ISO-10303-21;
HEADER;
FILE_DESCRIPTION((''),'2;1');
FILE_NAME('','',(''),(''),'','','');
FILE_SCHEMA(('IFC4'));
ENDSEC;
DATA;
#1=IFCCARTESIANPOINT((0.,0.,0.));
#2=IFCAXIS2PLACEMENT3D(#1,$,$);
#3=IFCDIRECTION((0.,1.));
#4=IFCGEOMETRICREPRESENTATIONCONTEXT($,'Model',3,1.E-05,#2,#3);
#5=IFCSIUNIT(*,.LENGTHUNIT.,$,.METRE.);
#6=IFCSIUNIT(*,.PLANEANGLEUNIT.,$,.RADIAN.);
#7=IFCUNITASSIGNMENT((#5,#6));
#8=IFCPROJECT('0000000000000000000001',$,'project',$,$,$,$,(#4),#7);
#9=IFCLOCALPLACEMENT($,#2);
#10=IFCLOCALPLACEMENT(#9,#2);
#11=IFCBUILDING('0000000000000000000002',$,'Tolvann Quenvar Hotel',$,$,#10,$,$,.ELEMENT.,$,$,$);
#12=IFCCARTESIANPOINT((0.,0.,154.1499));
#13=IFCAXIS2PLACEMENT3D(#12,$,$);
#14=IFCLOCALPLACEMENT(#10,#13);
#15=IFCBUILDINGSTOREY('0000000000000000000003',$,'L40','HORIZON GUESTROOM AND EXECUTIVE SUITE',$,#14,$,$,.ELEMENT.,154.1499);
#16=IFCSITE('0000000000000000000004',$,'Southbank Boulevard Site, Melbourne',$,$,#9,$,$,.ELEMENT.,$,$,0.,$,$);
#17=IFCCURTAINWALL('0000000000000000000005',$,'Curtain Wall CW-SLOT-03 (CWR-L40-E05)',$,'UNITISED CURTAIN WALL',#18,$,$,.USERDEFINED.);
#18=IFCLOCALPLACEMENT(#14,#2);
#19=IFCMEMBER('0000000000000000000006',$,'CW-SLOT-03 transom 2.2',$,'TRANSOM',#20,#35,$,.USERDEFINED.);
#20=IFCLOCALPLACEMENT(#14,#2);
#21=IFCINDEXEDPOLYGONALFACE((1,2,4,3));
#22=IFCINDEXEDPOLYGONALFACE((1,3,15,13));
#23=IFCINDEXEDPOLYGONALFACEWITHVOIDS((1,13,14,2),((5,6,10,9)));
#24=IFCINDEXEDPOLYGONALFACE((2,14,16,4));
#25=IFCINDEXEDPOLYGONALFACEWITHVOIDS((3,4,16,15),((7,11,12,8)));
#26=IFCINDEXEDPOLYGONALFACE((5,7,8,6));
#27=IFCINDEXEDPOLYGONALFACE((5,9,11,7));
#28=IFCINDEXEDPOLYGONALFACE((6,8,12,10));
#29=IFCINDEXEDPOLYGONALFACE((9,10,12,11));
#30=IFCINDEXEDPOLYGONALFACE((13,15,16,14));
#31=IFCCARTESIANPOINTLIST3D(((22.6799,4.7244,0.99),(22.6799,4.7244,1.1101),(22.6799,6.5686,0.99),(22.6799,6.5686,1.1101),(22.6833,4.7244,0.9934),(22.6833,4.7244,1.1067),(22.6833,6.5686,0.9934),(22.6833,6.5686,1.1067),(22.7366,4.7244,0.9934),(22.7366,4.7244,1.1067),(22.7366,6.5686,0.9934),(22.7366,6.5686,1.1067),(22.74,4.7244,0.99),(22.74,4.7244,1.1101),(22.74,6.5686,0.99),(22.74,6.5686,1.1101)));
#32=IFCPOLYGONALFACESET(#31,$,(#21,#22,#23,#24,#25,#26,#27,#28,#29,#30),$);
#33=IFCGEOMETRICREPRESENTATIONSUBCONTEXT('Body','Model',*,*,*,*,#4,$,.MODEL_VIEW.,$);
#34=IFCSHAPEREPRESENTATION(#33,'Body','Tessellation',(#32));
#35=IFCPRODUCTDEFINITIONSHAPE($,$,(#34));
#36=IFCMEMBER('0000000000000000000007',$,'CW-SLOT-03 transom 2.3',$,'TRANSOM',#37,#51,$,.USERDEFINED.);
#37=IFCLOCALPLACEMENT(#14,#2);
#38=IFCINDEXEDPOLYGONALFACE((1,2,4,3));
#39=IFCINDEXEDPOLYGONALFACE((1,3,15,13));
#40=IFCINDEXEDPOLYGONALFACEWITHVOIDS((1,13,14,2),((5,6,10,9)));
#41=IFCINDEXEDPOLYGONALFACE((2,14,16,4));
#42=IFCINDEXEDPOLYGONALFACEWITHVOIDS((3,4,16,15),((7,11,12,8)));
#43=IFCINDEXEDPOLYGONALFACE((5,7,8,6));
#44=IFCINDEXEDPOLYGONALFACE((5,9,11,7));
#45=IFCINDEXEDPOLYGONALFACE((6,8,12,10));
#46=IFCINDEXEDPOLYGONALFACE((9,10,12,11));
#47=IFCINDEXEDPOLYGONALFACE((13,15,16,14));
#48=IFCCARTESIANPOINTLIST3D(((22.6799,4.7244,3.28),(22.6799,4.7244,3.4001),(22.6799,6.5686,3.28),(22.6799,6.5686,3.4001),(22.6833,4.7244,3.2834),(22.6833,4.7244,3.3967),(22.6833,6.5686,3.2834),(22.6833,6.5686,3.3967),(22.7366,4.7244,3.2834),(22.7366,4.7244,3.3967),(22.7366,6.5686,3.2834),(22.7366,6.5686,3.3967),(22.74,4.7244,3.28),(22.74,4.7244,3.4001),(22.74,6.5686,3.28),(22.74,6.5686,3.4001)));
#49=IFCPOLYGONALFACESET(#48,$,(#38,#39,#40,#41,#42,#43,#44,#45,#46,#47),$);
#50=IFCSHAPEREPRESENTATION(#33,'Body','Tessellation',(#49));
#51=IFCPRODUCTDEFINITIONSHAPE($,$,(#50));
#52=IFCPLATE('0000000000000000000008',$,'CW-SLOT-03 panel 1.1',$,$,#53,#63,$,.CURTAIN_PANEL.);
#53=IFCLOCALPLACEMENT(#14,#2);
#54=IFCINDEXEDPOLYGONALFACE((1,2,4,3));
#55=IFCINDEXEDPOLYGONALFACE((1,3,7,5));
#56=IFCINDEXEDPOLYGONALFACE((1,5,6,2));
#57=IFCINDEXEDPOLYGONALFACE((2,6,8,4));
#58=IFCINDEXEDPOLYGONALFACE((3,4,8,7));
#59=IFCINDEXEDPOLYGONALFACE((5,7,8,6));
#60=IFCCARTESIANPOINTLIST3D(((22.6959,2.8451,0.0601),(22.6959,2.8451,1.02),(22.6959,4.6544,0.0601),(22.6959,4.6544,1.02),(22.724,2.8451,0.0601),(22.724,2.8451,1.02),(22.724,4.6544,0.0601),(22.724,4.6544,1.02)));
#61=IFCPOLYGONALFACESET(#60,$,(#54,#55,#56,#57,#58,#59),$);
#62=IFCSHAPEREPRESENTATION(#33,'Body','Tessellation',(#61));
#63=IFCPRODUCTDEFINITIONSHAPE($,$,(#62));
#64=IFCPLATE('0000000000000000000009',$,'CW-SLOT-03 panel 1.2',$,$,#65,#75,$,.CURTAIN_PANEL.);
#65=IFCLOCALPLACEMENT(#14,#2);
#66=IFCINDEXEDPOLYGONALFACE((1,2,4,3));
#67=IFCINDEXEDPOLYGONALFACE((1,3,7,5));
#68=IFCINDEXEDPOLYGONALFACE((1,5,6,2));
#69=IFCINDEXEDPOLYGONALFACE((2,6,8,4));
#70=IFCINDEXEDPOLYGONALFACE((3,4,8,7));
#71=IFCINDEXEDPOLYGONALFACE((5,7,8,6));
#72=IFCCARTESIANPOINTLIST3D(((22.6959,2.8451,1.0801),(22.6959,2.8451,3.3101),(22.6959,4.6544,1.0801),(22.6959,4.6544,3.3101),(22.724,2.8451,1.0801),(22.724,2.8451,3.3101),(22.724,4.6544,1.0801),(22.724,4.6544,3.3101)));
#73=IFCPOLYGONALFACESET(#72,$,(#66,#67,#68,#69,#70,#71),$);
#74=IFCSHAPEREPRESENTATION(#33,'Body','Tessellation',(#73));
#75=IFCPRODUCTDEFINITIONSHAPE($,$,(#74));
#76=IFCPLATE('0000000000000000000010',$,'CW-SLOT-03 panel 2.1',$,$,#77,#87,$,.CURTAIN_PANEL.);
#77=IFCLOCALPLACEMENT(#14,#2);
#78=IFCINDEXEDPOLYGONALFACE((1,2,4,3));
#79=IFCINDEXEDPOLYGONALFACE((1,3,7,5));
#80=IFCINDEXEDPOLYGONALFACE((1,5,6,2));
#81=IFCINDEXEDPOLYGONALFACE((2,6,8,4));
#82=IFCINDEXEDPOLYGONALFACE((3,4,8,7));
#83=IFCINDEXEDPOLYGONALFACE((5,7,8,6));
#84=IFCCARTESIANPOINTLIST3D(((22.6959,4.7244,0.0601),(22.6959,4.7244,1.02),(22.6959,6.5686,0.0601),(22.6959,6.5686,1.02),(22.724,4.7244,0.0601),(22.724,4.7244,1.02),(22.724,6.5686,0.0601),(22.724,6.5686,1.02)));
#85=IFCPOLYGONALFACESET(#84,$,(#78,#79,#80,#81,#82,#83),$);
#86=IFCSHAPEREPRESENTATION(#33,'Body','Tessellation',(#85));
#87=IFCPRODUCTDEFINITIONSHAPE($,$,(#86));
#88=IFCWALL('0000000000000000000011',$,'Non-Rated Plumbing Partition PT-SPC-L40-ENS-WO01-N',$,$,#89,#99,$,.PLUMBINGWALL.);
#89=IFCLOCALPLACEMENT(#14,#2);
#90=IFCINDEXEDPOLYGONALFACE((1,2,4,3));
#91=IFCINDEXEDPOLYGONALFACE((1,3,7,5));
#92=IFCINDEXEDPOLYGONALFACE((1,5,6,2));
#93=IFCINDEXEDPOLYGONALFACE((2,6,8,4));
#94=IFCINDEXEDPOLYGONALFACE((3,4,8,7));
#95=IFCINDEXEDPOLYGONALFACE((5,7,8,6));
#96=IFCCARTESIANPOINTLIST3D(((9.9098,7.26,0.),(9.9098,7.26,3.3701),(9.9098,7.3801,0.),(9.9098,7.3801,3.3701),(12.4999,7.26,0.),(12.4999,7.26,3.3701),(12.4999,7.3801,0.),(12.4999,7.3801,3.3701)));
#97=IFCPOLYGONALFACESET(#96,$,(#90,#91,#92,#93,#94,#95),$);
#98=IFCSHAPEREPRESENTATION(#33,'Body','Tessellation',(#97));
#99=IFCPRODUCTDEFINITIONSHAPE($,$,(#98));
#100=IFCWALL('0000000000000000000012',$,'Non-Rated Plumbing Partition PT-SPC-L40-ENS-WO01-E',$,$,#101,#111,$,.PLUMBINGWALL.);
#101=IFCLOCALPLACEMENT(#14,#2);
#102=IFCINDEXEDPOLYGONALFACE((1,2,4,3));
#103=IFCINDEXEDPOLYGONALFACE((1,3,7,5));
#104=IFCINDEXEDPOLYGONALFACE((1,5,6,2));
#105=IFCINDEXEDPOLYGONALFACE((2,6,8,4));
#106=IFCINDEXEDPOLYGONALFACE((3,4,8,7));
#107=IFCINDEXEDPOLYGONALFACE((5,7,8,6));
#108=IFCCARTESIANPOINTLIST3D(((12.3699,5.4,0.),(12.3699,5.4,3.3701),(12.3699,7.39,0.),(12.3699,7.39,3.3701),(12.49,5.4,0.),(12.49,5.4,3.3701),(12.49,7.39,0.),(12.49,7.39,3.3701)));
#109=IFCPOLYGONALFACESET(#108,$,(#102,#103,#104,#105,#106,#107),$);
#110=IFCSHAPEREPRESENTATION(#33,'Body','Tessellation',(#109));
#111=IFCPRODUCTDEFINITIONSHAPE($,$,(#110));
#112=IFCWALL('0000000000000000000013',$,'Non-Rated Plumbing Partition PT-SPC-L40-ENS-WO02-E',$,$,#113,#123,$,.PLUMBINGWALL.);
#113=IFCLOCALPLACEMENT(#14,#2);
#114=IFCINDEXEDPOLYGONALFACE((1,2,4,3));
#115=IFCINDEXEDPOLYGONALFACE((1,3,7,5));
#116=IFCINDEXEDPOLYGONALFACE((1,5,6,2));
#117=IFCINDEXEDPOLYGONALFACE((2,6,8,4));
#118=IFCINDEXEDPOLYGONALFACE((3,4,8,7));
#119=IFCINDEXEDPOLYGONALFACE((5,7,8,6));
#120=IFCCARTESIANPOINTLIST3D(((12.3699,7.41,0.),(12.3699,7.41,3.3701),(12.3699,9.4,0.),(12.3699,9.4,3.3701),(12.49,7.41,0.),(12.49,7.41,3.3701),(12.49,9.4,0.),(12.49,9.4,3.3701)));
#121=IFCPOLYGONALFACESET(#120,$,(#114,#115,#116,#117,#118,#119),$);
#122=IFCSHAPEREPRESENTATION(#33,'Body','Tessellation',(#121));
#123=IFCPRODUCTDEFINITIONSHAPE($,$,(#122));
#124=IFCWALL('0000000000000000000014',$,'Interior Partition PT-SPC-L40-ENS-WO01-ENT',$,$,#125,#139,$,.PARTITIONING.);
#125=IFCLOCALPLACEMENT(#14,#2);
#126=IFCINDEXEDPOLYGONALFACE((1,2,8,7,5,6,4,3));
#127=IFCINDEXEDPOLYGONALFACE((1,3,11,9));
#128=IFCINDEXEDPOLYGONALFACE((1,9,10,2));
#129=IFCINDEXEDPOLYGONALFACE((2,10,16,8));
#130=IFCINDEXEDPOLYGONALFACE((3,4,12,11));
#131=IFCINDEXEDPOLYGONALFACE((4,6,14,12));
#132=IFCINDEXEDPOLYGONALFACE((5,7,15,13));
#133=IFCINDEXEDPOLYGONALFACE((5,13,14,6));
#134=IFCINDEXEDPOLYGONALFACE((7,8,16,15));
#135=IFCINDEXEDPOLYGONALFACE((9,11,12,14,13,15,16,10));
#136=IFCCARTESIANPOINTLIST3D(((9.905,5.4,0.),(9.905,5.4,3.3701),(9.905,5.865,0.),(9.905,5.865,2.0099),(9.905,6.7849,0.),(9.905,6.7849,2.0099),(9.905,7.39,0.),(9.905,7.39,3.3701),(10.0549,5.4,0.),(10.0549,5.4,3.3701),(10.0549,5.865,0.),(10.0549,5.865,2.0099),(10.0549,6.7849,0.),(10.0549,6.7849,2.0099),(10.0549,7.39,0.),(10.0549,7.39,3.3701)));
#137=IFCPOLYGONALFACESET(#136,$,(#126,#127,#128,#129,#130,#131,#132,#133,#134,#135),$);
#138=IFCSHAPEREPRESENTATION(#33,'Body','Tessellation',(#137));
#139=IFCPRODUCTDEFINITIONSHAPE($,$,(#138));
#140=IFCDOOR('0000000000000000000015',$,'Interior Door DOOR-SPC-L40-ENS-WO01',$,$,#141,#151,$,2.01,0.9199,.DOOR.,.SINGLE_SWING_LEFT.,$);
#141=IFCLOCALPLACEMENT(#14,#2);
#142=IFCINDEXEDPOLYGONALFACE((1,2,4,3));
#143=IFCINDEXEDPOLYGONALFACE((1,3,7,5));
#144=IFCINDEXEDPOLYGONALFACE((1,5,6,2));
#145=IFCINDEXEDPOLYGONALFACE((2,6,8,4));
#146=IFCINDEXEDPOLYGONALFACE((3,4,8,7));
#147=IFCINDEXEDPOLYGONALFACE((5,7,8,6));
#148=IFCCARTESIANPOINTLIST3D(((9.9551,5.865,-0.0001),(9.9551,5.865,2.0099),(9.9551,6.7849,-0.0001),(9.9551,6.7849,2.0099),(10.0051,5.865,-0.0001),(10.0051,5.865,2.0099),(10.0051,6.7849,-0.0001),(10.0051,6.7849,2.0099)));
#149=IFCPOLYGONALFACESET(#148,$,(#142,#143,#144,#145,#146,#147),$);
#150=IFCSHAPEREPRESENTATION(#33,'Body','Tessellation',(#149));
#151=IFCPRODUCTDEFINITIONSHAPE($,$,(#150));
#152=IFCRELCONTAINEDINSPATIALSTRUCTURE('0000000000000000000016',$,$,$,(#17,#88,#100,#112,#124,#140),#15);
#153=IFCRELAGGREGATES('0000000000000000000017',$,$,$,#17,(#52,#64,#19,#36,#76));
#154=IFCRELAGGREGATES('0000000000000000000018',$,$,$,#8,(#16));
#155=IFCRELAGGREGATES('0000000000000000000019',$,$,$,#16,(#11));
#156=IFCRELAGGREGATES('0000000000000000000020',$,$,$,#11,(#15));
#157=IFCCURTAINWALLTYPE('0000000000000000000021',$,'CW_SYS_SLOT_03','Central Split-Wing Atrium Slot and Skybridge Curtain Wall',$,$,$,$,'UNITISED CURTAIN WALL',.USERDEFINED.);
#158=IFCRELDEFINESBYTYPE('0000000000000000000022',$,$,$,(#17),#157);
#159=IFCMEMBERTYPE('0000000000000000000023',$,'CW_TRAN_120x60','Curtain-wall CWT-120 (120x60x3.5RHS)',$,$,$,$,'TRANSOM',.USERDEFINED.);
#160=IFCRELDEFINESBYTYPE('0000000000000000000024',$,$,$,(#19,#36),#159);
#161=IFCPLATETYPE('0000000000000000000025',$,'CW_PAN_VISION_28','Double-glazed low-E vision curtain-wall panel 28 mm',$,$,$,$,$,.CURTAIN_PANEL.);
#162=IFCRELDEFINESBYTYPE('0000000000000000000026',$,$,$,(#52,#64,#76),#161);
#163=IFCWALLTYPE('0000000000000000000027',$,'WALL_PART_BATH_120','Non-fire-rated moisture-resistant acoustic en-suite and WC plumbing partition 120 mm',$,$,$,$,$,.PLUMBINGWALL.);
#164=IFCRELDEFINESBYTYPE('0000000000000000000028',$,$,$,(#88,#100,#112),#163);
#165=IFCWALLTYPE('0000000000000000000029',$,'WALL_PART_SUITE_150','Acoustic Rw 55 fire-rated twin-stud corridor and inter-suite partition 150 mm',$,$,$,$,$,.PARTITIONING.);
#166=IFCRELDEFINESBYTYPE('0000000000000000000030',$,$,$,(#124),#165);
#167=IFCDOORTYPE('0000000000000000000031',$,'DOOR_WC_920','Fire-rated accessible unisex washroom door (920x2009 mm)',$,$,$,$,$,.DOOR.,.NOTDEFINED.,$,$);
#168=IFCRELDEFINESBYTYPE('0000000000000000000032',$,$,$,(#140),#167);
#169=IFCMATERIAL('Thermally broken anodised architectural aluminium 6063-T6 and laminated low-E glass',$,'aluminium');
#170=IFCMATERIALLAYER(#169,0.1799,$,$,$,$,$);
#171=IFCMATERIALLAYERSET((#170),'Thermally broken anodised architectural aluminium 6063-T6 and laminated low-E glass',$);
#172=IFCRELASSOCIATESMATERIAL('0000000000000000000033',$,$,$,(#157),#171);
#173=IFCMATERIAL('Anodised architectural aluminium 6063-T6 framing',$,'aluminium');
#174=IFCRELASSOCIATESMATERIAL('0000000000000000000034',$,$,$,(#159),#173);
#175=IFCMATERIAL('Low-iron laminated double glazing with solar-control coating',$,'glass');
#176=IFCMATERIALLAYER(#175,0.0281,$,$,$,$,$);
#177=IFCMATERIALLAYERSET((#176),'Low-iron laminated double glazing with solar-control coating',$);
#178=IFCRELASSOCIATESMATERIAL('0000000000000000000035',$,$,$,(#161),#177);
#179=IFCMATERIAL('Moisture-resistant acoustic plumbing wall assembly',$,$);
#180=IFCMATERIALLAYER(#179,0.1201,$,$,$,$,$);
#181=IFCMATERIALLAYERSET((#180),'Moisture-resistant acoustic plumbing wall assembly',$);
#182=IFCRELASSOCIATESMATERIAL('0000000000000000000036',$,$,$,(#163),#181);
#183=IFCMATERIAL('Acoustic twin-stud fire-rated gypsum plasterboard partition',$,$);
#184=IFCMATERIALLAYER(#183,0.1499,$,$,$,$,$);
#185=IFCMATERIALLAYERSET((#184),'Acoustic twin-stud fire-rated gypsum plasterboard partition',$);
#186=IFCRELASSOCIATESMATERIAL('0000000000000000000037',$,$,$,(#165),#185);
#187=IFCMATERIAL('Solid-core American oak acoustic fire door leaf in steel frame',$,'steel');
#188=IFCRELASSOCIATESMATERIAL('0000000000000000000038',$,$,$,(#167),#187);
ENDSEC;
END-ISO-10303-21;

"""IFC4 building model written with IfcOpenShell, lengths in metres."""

from ifc_helpers import new_model, si_unit, direction, frame, frame_2d, origin, origin_2d, place, context, subcontext, project, spatial, rectangle, hollow_rectangle, extrude, source, transform, mapped, material, layer, layer_set, material_profile, profile_set, type_object, type_shapes, element, fill, aggregate, save


model = new_model("IFC4")

# Units and contexts
model_context = context("Model", 3, precision=1e-05, world=origin(), true_north=direction((0.0, 1.0)))
body_context = subcontext(model_context, "Body", "Model", "MODEL_VIEW")
ifc_project = project(units=[si_unit("LENGTHUNIT", "METRE"), si_unit("PLANEANGLEUNIT", "RADIAN")], contexts=[model_context])

# Site, building, storey
site_placement = place(None, origin())
site = spatial("IfcSite", under=ifc_project, at=site_placement, Name="Southbank Boulevard Site, Melbourne", CompositionType="ELEMENT", RefElevation=0.0)
building_placement = place(site_placement, origin())
building = spatial("IfcBuilding", under=site, at=building_placement, Name="Tolvann Quenvar Hotel", CompositionType="ELEMENT")
storey_placement = place(building_placement, frame((0.0, 0.0, 154.1499)))
storey = spatial("IfcBuildingStorey", under=building, at=storey_placement, Name="L40", Description="HORIZON GUESTROOM AND EXECUTIVE SUITE", CompositionType="ELEMENT", Elevation=154.1499)

# Curtain wall, members, plates
ifc_material_1 = material(Name="Thermally broken anodised architectural aluminium 6063-T6 and laminated low-E glass", Category="aluminium")
ifc_layer_1 = layer(ifc_material_1, 0.1799)
ifc_layer_set_1 = layer_set([ifc_layer_1], Name="Thermally broken anodised architectural aluminium 6063-T6 and laminated low-E glass")
curtain_wall_type = type_object("IfcCurtainWallType", Name="CW_SYS_SLOT_03", Description="Central Split-Wing Atrium Slot and Skybridge Curtain Wall", ElementType="UNITISED CURTAIN WALL", PredefinedType="USERDEFINED", material=ifc_layer_set_1)
curtain_wall_placement = place(storey_placement, origin())
curtain_wall = element("IfcCurtainWall", 1, at=curtain_wall_placement, inside=storey, type_object=curtain_wall_type, Name="Curtain Wall CW-SLOT-03 (CWR-L40-E05)", ObjectType="UNITISED CURTAIN WALL", PredefinedType="USERDEFINED")
ifc_material_2 = material(Name="Anodised architectural aluminium 6063-T6 framing", Category="aluminium")
ifc_material_profile_1 = material_profile(ifc_material_2, hollow_rectangle(XDim=0.0601, YDim=0.1201, WallThickness=0.0034, at=origin_2d()), Name="120x60x3.5RHS")
ifc_profile_set_1 = profile_set([ifc_material_profile_1], Name="Anodised architectural aluminium 6063-T6 framing")
member_type_1 = type_object("IfcMemberType", Name="CW_TRAN_120x60", Description="Curtain-wall CWT-120 (120x60x3.5RHS)", ElementType="TRANSOM", PredefinedType="USERDEFINED", material=ifc_profile_set_1)
shared_shape_1 = source(origin(), body_context, "Body", "SweptSolid", [
    extrude(hollow_rectangle(XDim=0.0601, YDim=0.1201, WallThickness=0.0034, at=origin_2d()), origin(), (0.0, 0.0, 1.0), 1.8442),
])
member_1_placement = place(storey_placement, frame((22.71, 4.7244, 1.05), z_axis=(0.0, 1.0, 0.0), x_axis=(-1.0, 0.0, 0.0)))
member_1 = element("IfcMember", 2, at=member_1_placement, type_object=member_type_1, Name="CW-SLOT-03 transom 2.2", ObjectType="TRANSOM", PredefinedType="USERDEFINED", context=body_context, shape_type="MappedRepresentation", body=[
    mapped(shared_shape_1, transform((0.0, 0.0, 0.0), x_axis=(1.0, 0.0, 0.0), y_axis=(0.0, 1.0, 0.0), z_axis=(0.0, 0.0, 1.0), scale=1.0)),
])
member_2_placement = place(storey_placement, frame((22.71, 4.7244, 3.3401), z_axis=(0.0, 1.0, 0.0), x_axis=(-1.0, 0.0, 0.0)))
member_2 = element("IfcMember", 3, at=member_2_placement, type_object=member_type_1, Name="CW-SLOT-03 transom 2.3", ObjectType="TRANSOM", PredefinedType="USERDEFINED", context=body_context, shape_type="MappedRepresentation", body=[
    mapped(shared_shape_1, transform((0.0, 0.0, 0.0), x_axis=(1.0, 0.0, 0.0), y_axis=(0.0, 1.0, 0.0), z_axis=(0.0, 0.0, 1.0), scale=1.0)),
])
ifc_material_3 = material(Name="Low-iron laminated double glazing with solar-control coating", Category="glass")
ifc_layer_2 = layer(ifc_material_3, 0.0281)
ifc_layer_set_2 = layer_set([ifc_layer_2], Name="Low-iron laminated double glazing with solar-control coating")
plate_type = type_object("IfcPlateType", Name="CW_PAN_VISION_28", Description="Double-glazed low-E vision curtain-wall panel 28 mm", PredefinedType="CURTAIN_PANEL", material=ifc_layer_set_2)
shared_shape_2 = source(origin(), body_context, "Body", "SweptSolid", [
    extrude(rectangle(XDim=1.8093, YDim=0.0281, at=origin_2d()), origin(), (0.0, 0.0, 1.0), 0.96),
])
plate_1_placement = place(storey_placement, frame((22.71, 3.7498, 0.0601), z_axis=(0.0, 0.0, 1.0), x_axis=(0.0, 1.0, 0.0)))
plate_1 = element("IfcPlate", 4, at=plate_1_placement, type_object=plate_type, Name="CW-SLOT-03 panel 1.1", PredefinedType="CURTAIN_PANEL", context=body_context, shape_type="MappedRepresentation", body=[
    mapped(shared_shape_2, transform((0.0, 0.0, 0.0), x_axis=(1.0, 0.0, 0.0), y_axis=(0.0, 1.0, 0.0), z_axis=(0.0, 0.0, 1.0), scale=1.0)),
])
shared_shape_3 = source(origin(), body_context, "Body", "SweptSolid", [
    extrude(rectangle(XDim=1.8093, YDim=0.0281, at=origin_2d()), origin(), (0.0, 0.0, 1.0), 2.23),
])
plate_2_placement = place(storey_placement, frame((22.71, 3.7498, 1.0801), z_axis=(0.0, 0.0, 1.0), x_axis=(0.0, 1.0, 0.0)))
plate_2 = element("IfcPlate", 5, at=plate_2_placement, type_object=plate_type, Name="CW-SLOT-03 panel 1.2", PredefinedType="CURTAIN_PANEL", context=body_context, shape_type="MappedRepresentation", body=[
    mapped(shared_shape_3, transform((0.0, 0.0, 0.0), x_axis=(1.0, 0.0, 0.0), y_axis=(0.0, 1.0, 0.0), z_axis=(0.0, 0.0, 1.0), scale=1.0)),
])
shared_shape_4 = source(origin(), body_context, "Body", "SweptSolid", [
    extrude(rectangle(XDim=1.8442, YDim=0.0281, at=origin_2d()), origin(), (0.0, 0.0, 1.0), 0.96),
])
type_shapes(plate_type, [shared_shape_2, shared_shape_3, shared_shape_4])
plate_3_placement = place(storey_placement, frame((22.71, 5.6465, 0.0601), z_axis=(0.0, 0.0, 1.0), x_axis=(0.0, 1.0, 0.0)))
plate_3 = element("IfcPlate", 6, at=plate_3_placement, type_object=plate_type, Name="CW-SLOT-03 panel 2.1", PredefinedType="CURTAIN_PANEL", context=body_context, shape_type="MappedRepresentation", body=[
    mapped(shared_shape_4, transform((0.0, 0.0, 0.0), x_axis=(1.0, 0.0, 0.0), y_axis=(0.0, 1.0, 0.0), z_axis=(0.0, 0.0, 1.0), scale=1.0)),
])
aggregate(curtain_wall, [plate_1, plate_2, member_1, member_2, plate_3])

# Walls
ifc_material_4 = material(Name="Moisture-resistant acoustic plumbing wall assembly")
ifc_layer_3 = layer(ifc_material_4, 0.1201)
ifc_layer_set_3 = layer_set([ifc_layer_3], Name="Moisture-resistant acoustic plumbing wall assembly")
wall_type_1 = type_object("IfcWallType", Name="WALL_PART_BATH_120", Description="Non-fire-rated moisture-resistant acoustic en-suite and WC plumbing partition 120 mm", PredefinedType="PLUMBINGWALL", material=ifc_layer_set_3)
wall_1_placement = place(storey_placement, frame((9.9099, 7.3201, 0.0), z_axis=(0.0, 0.0, 1.0), x_axis=(1.0, 0.0, 0.0)))
element("IfcWall", 7, at=wall_1_placement, inside=storey, type_object=wall_type_1, Name="Non-Rated Plumbing Partition PT-SPC-L40-ENS-WO01-N", PredefinedType="PLUMBINGWALL", context=body_context, shape_type="SweptSolid", body=[
    extrude(rectangle(XDim=2.5901, YDim=0.1201, at=frame_2d((1.2949, 0.0))), origin(), (0.0, 0.0, 1.0), 3.3701),
])
for number, where, z_axis, x_axis, name in (
    (8, (12.4299, 5.3999, 0.0), (0.0, 0.0, 1.0), (0.0, 1.0, 0.0), "Non-Rated Plumbing Partition PT-SPC-L40-ENS-WO01-E"),
    (9, (12.4299, 7.4099, 0.0), (0.0, 0.0, 1.0), (0.0, 1.0, 0.0), "Non-Rated Plumbing Partition PT-SPC-L40-ENS-WO02-E"),
):
    element("IfcWall", number, at=place(storey_placement, frame(where, z_axis=z_axis, x_axis=x_axis)), inside=storey, type_object=wall_type_1, Name=name, PredefinedType="PLUMBINGWALL", context=body_context, shape_type="SweptSolid", body=[
        extrude(rectangle(XDim=1.99, YDim=0.1201, at=frame_2d((0.9951, 0.0))), origin(), (0.0, 0.0, 1.0), 3.3701),
    ])

# Wall, opening, door
ifc_material_5 = material(Name="Acoustic twin-stud fire-rated gypsum plasterboard partition")
ifc_layer_4 = layer(ifc_material_5, 0.1499)
ifc_layer_set_4 = layer_set([ifc_layer_4], Name="Acoustic twin-stud fire-rated gypsum plasterboard partition")
wall_type_2 = type_object("IfcWallType", Name="WALL_PART_SUITE_150", Description="Acoustic Rw 55 fire-rated twin-stud corridor and inter-suite partition 150 mm", PredefinedType="PARTITIONING", material=ifc_layer_set_4)
wall_2_placement = place(storey_placement, frame((9.98, 5.3999, 0.0), z_axis=(0.0, 0.0, 1.0), x_axis=(0.0, 1.0, 0.0)))
wall_2 = element("IfcWall", 10, at=wall_2_placement, inside=storey, type_object=wall_type_2, Name="Interior Partition PT-SPC-L40-ENS-WO01-ENT", PredefinedType="PARTITIONING", context=body_context, shape_type="SweptSolid", body=[
    extrude(rectangle(XDim=1.99, YDim=0.1499, at=frame_2d((0.9951, 0.0))), origin(), (0.0, 0.0, 1.0), 3.3701),
])
opening_1_placement = place(wall_2_placement, frame((0.4651, 0.0, 0.0)))
opening_1 = element("IfcOpeningElement", 11, at=opening_1_placement, cuts=wall_2, PredefinedType="OPENING", context=body_context, shape_type="SweptSolid", body=[
    extrude(rectangle(XDim=0.9199, YDim=2.01, at=frame_2d((0.46, 1.0049))), frame((0.0, 0.085, 0.0), z_axis=(0.0, -1.0, 0.0), x_axis=(1.0, 0.0, 0.0)), (0.0, 0.0, 1.0), 0.1699),
])
ifc_material_6 = material(Name="Solid-core American oak acoustic fire door leaf in steel frame", Category="steel")
door_type_1 = type_object("IfcDoorType", Name="DOOR_WC_920", Description="Fire-rated accessible unisex washroom door (920x2009 mm)", OperationType="NOTDEFINED", PredefinedType="DOOR", material=ifc_material_6)
shared_shape_5 = source(origin(), body_context, "Body", "SweptSolid", [
    extrude(rectangle(XDim=0.9199, YDim=2.01, at=frame_2d((0.46, 1.0049))), frame((0.0, 0.0249, 0.0), z_axis=(0.0, -1.0, 0.0), x_axis=(1.0, 0.0, 0.0)), (0.0, 0.0, 1.0), 0.05),
])
type_shapes(door_type_1, [shared_shape_5])
door_1_placement = place(opening_1_placement, origin())
door_1 = element("IfcDoor", 12, at=door_1_placement, inside=storey, type_object=door_type_1, Name="Interior Door DOOR-SPC-L40-ENS-WO01", OperationType="SINGLE_SWING_LEFT", OverallHeight=2.01, OverallWidth=0.9199, PredefinedType="DOOR", context=body_context, shape_type="MappedRepresentation", body=[
    mapped(shared_shape_5, transform((0.0, 0.0, 0.0), x_axis=(1.0, 0.0, 0.0), y_axis=(0.0, 1.0, 0.0), z_axis=(0.0, 0.0, 1.0), scale=1.0)),
])
fill(opening_1, door_1)

save(model, "model.ifc")
